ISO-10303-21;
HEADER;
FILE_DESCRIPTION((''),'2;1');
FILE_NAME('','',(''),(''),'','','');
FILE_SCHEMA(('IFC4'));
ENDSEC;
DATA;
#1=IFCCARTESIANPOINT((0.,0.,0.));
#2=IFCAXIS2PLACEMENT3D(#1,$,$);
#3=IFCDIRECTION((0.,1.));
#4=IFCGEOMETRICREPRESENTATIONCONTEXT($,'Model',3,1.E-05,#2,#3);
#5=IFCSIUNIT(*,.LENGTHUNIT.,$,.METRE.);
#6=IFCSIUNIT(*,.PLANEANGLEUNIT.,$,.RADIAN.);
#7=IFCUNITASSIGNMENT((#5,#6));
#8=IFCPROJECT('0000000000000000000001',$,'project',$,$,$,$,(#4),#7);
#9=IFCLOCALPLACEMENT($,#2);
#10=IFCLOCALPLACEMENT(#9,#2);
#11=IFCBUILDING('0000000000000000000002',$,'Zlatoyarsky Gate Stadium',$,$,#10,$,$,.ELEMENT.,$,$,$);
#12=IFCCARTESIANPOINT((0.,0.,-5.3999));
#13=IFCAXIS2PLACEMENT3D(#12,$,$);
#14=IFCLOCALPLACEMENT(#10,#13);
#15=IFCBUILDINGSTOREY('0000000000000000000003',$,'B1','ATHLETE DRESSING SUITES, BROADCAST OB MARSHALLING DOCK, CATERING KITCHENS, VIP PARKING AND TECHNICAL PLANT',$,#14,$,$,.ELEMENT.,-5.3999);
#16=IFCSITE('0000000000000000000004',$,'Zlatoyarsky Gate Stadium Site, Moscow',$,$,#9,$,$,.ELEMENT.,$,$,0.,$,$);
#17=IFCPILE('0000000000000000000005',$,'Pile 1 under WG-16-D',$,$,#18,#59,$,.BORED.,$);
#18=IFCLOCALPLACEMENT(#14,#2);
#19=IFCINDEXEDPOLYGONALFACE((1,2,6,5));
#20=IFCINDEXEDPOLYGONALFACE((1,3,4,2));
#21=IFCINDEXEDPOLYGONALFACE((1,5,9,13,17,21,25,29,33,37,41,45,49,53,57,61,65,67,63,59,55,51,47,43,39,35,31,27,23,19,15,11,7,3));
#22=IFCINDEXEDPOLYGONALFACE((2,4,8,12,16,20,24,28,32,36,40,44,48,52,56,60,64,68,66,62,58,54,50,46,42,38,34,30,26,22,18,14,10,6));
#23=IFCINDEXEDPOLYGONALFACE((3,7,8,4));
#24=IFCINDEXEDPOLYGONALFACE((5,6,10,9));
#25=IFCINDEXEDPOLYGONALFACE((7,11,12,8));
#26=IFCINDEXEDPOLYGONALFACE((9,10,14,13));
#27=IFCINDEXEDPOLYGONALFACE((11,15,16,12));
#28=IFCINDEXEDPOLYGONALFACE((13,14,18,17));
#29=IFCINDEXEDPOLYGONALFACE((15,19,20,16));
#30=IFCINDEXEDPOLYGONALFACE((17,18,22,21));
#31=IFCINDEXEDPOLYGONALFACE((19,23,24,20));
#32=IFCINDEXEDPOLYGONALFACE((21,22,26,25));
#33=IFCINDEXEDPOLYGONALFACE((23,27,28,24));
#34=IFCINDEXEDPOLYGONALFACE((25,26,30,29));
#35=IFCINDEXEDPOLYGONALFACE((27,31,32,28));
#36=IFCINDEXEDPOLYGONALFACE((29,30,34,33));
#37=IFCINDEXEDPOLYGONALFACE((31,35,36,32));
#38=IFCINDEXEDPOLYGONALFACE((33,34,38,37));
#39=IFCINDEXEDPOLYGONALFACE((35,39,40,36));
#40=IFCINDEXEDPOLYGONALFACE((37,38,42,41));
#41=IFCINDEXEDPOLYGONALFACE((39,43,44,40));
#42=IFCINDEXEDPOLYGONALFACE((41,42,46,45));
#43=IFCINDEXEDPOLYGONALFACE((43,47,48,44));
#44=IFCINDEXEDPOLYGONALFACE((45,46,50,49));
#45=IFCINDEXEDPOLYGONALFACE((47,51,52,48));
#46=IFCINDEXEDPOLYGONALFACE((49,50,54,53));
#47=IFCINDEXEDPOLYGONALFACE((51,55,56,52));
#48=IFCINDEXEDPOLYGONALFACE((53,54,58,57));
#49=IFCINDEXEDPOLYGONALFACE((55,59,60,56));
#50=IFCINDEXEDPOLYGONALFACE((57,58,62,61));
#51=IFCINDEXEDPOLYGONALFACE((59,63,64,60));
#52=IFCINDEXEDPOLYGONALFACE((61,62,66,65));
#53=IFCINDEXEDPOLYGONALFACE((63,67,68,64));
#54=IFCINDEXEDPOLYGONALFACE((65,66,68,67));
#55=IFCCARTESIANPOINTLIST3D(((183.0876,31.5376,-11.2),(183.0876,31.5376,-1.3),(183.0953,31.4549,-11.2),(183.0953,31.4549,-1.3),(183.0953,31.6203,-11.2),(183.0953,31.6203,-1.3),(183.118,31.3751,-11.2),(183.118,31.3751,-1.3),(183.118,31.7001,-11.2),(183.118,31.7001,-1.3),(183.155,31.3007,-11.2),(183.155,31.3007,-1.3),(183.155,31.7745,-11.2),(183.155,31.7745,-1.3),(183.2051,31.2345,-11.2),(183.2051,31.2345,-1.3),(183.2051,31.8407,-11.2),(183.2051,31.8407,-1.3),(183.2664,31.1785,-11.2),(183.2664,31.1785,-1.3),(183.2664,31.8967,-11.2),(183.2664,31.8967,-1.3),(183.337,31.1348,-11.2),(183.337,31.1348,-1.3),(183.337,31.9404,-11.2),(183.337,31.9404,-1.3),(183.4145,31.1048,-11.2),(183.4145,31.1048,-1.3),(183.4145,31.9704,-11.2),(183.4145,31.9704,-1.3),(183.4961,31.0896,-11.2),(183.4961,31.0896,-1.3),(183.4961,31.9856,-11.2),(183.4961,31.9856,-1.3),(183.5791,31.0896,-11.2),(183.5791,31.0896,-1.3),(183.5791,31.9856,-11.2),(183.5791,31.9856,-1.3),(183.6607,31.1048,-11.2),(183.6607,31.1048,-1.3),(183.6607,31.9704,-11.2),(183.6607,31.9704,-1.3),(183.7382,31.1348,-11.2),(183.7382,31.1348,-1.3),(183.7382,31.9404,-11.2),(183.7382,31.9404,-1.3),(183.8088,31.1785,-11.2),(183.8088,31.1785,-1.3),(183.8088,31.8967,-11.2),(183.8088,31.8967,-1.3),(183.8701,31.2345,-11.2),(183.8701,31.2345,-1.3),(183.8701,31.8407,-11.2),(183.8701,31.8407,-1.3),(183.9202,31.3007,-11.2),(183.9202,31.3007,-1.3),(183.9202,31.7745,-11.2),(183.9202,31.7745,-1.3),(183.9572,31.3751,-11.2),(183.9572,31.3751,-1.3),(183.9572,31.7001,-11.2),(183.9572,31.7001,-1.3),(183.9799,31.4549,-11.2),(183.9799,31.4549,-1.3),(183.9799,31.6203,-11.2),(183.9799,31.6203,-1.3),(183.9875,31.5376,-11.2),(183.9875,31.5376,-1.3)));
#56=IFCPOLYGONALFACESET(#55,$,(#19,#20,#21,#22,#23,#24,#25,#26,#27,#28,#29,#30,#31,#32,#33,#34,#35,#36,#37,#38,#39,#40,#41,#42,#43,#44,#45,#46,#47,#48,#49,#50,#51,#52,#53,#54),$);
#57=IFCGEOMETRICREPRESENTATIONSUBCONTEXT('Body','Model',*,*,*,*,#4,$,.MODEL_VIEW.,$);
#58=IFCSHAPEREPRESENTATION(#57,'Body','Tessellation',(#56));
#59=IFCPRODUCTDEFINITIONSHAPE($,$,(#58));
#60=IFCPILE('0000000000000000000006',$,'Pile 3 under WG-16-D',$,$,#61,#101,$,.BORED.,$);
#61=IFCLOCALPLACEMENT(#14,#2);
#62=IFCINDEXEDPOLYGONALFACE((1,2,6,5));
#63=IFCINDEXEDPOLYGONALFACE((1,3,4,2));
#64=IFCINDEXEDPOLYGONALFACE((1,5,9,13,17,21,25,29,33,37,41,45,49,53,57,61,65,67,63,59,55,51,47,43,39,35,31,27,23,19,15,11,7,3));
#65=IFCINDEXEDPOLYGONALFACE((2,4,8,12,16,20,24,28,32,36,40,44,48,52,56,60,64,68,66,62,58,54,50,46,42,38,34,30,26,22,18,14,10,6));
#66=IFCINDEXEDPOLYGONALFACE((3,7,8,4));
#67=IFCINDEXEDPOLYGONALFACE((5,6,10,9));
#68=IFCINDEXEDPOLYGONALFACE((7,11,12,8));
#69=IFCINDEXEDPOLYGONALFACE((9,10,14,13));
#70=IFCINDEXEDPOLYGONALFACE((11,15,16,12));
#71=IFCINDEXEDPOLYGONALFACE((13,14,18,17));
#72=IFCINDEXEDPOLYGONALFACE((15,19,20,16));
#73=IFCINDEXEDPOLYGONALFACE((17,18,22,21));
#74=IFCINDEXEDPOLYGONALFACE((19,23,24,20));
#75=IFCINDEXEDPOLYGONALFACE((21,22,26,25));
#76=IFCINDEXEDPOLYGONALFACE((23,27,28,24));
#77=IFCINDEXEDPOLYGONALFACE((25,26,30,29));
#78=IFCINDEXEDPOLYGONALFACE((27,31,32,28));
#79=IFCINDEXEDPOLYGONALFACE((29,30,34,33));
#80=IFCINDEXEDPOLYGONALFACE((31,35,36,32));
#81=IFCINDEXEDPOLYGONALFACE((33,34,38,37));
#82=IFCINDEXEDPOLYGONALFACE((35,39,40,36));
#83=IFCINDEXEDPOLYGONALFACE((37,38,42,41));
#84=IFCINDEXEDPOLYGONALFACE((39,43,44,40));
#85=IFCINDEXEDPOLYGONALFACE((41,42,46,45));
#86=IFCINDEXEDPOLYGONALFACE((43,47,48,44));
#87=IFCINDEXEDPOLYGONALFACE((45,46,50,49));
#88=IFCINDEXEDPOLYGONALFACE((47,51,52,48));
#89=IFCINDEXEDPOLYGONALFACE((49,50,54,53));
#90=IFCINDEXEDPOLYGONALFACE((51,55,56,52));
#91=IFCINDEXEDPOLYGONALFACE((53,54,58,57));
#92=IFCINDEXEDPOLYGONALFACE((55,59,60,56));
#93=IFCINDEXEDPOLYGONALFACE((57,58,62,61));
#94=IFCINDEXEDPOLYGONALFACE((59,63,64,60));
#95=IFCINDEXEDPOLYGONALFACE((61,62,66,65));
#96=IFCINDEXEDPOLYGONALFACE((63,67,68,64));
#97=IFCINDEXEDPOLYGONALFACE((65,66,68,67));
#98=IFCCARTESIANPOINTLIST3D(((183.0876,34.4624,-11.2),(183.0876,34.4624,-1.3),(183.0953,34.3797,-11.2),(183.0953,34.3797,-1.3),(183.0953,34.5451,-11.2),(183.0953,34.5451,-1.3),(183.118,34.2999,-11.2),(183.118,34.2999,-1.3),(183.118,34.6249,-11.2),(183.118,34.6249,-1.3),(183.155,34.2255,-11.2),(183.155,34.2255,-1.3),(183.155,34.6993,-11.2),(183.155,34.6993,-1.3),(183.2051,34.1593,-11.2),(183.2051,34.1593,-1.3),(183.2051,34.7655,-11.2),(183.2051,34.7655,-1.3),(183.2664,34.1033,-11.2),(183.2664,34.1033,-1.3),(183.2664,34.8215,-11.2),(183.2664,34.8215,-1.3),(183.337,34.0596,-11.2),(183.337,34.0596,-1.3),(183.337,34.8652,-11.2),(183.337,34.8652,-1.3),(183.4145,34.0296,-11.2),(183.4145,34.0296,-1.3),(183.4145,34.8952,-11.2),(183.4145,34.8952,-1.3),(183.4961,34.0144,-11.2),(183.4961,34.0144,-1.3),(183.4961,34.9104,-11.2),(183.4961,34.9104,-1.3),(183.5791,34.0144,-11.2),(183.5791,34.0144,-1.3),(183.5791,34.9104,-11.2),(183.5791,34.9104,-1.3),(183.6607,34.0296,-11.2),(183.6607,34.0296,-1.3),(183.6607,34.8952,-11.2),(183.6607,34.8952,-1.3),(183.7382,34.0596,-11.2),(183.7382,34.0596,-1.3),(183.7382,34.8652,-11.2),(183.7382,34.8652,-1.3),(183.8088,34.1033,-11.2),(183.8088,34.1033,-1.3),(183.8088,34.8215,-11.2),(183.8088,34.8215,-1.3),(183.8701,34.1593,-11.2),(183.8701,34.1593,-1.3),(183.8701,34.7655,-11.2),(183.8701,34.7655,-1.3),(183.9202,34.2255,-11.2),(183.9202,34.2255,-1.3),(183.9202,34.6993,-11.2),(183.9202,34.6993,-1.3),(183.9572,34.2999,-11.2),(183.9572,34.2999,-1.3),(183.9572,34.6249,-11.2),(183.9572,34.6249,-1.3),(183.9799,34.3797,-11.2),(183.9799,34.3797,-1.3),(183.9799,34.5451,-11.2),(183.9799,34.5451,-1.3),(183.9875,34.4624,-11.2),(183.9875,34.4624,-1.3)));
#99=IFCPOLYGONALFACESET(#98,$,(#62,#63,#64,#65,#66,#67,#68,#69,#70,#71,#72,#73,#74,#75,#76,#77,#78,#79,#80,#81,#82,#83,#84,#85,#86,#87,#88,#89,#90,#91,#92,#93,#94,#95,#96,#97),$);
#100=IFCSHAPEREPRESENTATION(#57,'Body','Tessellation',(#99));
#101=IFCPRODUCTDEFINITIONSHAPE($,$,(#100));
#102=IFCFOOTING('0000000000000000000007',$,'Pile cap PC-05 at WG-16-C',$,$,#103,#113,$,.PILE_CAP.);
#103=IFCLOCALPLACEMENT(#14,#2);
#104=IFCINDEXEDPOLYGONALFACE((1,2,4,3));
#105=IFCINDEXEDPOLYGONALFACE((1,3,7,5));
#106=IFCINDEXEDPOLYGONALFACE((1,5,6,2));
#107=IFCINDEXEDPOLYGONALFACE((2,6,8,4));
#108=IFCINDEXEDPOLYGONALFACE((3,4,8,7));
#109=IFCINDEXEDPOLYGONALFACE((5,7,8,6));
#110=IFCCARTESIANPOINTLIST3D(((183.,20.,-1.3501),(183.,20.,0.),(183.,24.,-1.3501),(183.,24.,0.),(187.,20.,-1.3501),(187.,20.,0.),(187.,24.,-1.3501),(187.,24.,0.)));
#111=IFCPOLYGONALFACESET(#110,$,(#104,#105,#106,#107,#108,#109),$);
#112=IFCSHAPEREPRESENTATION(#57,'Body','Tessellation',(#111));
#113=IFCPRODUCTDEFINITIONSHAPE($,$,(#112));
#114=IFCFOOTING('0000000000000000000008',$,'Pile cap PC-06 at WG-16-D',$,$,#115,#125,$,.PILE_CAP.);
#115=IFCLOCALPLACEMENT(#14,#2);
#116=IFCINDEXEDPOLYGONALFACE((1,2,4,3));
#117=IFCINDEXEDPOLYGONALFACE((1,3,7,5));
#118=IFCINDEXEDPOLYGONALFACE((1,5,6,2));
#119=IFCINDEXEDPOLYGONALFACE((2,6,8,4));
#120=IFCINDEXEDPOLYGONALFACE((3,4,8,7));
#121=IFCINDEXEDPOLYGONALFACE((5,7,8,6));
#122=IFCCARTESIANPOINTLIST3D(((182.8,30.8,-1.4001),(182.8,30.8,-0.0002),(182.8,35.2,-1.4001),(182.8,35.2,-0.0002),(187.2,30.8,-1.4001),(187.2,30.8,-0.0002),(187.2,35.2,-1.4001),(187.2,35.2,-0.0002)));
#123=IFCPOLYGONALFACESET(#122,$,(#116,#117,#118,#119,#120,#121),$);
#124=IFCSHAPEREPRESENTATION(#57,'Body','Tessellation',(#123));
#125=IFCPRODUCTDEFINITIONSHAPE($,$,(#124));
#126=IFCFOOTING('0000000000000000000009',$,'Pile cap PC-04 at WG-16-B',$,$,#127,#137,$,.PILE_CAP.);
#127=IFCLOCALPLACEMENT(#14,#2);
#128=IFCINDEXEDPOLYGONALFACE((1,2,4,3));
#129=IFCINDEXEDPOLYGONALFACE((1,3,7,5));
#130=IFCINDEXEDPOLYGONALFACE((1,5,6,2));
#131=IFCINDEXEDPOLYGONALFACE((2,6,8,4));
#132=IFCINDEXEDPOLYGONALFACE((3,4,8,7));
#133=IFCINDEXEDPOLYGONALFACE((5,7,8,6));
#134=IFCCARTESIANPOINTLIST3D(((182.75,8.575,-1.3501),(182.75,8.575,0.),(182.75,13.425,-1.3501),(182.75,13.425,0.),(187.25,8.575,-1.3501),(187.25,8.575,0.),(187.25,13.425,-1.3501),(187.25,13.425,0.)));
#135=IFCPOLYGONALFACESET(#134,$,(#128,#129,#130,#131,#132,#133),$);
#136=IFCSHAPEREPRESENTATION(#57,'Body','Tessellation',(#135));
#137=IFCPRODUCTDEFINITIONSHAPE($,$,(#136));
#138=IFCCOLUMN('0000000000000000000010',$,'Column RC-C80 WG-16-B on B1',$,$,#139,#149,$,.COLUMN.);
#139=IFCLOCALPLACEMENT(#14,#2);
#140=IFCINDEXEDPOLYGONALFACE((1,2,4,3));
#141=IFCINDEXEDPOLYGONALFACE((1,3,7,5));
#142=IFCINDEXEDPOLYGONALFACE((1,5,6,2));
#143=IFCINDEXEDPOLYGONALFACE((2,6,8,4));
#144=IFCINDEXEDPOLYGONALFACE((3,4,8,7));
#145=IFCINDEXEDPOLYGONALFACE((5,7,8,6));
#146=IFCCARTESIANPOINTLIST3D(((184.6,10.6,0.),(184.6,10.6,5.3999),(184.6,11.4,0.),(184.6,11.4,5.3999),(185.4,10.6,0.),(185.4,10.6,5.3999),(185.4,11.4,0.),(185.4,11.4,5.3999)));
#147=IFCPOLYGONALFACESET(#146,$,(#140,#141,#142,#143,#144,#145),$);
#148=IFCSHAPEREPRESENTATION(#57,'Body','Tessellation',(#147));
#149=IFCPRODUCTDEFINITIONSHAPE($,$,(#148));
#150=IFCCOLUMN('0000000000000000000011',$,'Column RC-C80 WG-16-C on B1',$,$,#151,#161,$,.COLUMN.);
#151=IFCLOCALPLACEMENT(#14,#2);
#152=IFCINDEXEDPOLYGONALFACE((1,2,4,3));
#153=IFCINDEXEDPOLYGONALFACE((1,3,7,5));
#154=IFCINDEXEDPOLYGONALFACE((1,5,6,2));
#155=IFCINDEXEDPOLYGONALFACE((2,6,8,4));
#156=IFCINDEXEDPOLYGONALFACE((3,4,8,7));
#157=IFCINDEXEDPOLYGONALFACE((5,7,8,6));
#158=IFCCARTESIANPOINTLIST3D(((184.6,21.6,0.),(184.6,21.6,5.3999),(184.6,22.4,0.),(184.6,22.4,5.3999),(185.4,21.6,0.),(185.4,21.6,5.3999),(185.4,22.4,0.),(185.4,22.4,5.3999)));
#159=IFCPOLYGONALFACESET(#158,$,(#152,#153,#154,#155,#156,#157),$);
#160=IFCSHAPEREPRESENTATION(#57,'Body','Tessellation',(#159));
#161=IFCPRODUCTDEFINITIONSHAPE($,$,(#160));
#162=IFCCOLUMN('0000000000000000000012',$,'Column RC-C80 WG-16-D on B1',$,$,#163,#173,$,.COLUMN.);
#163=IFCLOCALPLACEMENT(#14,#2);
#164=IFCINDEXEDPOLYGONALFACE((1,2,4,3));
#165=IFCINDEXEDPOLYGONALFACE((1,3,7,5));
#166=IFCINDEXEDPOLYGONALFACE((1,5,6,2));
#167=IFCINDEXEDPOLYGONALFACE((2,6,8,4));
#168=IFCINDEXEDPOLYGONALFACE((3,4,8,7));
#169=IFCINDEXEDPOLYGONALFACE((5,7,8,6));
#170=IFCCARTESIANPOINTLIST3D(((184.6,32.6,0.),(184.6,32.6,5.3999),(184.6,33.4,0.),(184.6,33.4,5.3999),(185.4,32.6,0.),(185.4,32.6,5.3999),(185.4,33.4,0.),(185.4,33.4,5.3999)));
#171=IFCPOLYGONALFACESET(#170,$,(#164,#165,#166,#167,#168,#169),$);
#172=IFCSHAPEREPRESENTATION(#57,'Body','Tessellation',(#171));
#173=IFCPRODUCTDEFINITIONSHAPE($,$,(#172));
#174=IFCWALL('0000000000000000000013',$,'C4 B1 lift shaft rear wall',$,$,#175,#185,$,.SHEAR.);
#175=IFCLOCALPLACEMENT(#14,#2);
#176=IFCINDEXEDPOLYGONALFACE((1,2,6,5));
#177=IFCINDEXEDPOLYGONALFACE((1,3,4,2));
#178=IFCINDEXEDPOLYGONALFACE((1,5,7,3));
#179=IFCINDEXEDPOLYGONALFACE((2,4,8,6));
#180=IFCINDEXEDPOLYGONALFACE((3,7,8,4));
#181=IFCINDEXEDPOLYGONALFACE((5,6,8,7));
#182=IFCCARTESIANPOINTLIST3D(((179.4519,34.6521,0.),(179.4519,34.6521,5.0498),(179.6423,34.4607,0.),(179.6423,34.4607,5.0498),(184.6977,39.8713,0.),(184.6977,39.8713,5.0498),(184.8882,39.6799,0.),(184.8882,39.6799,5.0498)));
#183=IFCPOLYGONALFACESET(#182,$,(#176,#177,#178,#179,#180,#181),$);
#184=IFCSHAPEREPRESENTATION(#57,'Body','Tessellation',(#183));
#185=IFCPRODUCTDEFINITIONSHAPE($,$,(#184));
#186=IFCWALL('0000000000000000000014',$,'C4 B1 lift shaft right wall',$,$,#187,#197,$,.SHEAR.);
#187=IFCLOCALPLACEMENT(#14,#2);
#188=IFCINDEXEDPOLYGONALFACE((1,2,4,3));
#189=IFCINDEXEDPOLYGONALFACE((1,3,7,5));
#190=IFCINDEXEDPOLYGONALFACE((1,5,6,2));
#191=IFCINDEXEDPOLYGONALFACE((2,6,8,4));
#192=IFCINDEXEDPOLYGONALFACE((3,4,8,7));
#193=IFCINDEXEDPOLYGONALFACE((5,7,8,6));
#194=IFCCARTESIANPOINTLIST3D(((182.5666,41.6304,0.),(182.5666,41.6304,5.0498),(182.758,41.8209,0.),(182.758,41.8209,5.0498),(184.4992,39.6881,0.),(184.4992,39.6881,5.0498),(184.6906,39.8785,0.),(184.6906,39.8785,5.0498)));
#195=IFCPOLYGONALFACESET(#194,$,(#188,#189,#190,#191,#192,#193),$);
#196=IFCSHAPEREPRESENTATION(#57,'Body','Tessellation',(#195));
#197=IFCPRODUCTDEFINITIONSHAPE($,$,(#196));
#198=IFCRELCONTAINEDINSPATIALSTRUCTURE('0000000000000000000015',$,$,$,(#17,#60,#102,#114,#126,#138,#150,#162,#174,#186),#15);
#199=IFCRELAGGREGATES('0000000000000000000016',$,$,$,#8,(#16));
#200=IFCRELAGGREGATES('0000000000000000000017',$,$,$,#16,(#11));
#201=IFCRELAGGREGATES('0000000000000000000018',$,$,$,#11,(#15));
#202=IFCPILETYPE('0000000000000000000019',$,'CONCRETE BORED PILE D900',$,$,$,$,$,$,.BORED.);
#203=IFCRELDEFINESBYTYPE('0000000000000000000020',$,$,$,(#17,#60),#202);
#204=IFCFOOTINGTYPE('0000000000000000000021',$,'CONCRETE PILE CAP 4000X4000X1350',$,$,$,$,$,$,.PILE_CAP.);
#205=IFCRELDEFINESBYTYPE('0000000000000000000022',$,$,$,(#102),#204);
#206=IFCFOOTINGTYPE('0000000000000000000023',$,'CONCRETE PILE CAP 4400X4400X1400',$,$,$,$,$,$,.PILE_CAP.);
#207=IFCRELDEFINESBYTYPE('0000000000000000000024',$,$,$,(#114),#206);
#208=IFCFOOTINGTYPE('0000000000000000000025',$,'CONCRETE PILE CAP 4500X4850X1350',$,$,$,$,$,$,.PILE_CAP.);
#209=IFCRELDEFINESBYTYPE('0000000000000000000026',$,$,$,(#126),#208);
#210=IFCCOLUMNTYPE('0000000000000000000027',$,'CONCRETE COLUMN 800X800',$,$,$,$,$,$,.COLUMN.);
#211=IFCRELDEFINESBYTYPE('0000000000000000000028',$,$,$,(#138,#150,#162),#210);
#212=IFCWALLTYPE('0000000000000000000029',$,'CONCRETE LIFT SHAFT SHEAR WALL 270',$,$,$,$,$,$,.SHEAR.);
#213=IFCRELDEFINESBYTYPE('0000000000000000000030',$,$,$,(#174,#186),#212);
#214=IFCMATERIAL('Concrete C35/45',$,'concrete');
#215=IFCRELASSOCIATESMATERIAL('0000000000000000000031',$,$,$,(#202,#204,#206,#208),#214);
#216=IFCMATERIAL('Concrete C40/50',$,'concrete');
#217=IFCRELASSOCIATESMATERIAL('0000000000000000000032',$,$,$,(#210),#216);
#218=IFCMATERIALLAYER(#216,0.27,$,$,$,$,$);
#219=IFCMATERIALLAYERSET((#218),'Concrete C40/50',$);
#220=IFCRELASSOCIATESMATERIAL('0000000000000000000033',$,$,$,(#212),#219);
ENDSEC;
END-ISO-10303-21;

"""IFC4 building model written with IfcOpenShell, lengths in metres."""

from ifc_helpers import new_model, si_unit, direction, frame, frame_2d, origin, origin_2d, place, context, subcontext, project, spatial, rectangle, circle, extrude, material, layer, layer_set, material_profile, profile_set, type_object, element, save


model = new_model("IFC4")

# Units and contexts
model_context = context("Model", 3, precision=1e-05, world=origin(), true_north=direction((0.0, 1.0)))
body_context = subcontext(model_context, "Body", "Model", "MODEL_VIEW")
ifc_project = project(units=[si_unit("LENGTHUNIT", "METRE"), si_unit("PLANEANGLEUNIT", "RADIAN")], contexts=[model_context])

# Site, building, storey
site_placement = place(None, origin())
site = spatial("IfcSite", under=ifc_project, at=site_placement, Name="Zlatoyarsky Gate Stadium Site, Moscow", CompositionType="ELEMENT", RefElevation=0.0)
building_placement = place(site_placement, origin())
building = spatial("IfcBuilding", under=site, at=building_placement, Name="Zlatoyarsky Gate Stadium", CompositionType="ELEMENT")
storey_placement = place(building_placement, frame((0.0, 0.0, -5.3999)))
storey = spatial("IfcBuildingStorey", under=building, at=storey_placement, Name="B1", Description="ATHLETE DRESSING SUITES, BROADCAST OB MARSHALLING DOCK, CATERING KITCHENS, VIP PARKING AND TECHNICAL PLANT", CompositionType="ELEMENT", Elevation=-5.3999)

# Piles
ifc_material_1 = material(Name="Concrete C35/45", Category="concrete")
ifc_material_profile_1 = material_profile(ifc_material_1, circle(Radius=0.45, at=origin_2d()), Name="BORED PILE D900")
ifc_profile_set_1 = profile_set([ifc_material_profile_1], Name="Concrete C35/45")
pile_type_1 = type_object("IfcPileType", Name="CONCRETE BORED PILE D900", PredefinedType="BORED", material=ifc_profile_set_1)
for number, where, z_axis, x_axis, name in (
    (1, (183.5376, 31.5376, -1.3), (0.0, 0.0, -1.0), (1.0, 0.0, 0.0), "Pile 1 under WG-16-D"),
    (2, (183.5376, 34.4624, -1.3), (0.0, 0.0, -1.0), (1.0, 0.0, 0.0), "Pile 3 under WG-16-D"),
):
    element("IfcPile", number, at=place(storey_placement, frame(where, z_axis=z_axis, x_axis=x_axis)), inside=storey, type_object=pile_type_1, Name=name, PredefinedType="BORED", context=body_context, shape_type="SweptSolid", body=[
        extrude(circle(Radius=0.45, at=origin_2d()), origin(), (0.0, 0.0, 1.0), 9.8999),
    ])

# Footings
footing_type_1 = type_object("IfcFootingType", Name="CONCRETE PILE CAP 4000X4000X1350", PredefinedType="PILE_CAP", material=ifc_material_1)
footing_1_placement = place(storey_placement, frame((185.0, 22.0, -1.3501), z_axis=(0.0, 0.0, 1.0), x_axis=(1.0, 0.0, 0.0)))
element("IfcFooting", 3, at=footing_1_placement, inside=storey, type_object=footing_type_1, Name="Pile cap PC-05 at WG-16-C", PredefinedType="PILE_CAP", context=body_context, shape_type="SweptSolid", body=[
    extrude(rectangle(XDim=4.0, YDim=4.0, at=origin_2d()), origin(), (0.0, 0.0, 1.0), 1.3501),
])
footing_type_2 = type_object("IfcFootingType", Name="CONCRETE PILE CAP 4400X4400X1400", PredefinedType="PILE_CAP", material=ifc_material_1)
footing_2_placement = place(storey_placement, frame((185.0, 33.0, -1.4001), z_axis=(0.0, 0.0, 1.0), x_axis=(1.0, 0.0, 0.0)))
element("IfcFooting", 4, at=footing_2_placement, inside=storey, type_object=footing_type_2, Name="Pile cap PC-06 at WG-16-D", PredefinedType="PILE_CAP", context=body_context, shape_type="SweptSolid", body=[
    extrude(rectangle(XDim=4.3999, YDim=4.3999, at=origin_2d()), origin(), (0.0, 0.0, 1.0), 1.3999),
])
footing_type_3 = type_object("IfcFootingType", Name="CONCRETE PILE CAP 4500X4850X1350", PredefinedType="PILE_CAP", material=ifc_material_1)
footing_3_placement = place(storey_placement, frame((185.0, 11.0, -1.3501), z_axis=(0.0, 0.0, 1.0), x_axis=(1.0, 0.0, 0.0)))
element("IfcFooting", 5, at=footing_3_placement, inside=storey, type_object=footing_type_3, Name="Pile cap PC-04 at WG-16-B", PredefinedType="PILE_CAP", context=body_context, shape_type="SweptSolid", body=[
    extrude(rectangle(XDim=4.5, YDim=4.8501, at=origin_2d()), origin(), (0.0, 0.0, 1.0), 1.3501),
])

# Columns
ifc_material_2 = material(Name="Concrete C40/50", Category="concrete")
ifc_material_profile_2 = material_profile(ifc_material_2, rectangle(XDim=0.8, YDim=0.8, at=origin_2d()), Name="RC COL 800X800")
ifc_profile_set_2 = profile_set([ifc_material_profile_2], Name="Concrete C40/50")
column_type = type_object("IfcColumnType", Name="CONCRETE COLUMN 800X800", PredefinedType="COLUMN", material=ifc_profile_set_2)
for number, where, z_axis, x_axis, name in (
    (6, (185.0, 11.0, 0.0), (0.0, 0.0, 1.0), (1.0, 0.0, 0.0), "Column RC-C80 WG-16-B on B1"),
    (7, (185.0, 22.0, 0.0), (0.0, 0.0, 1.0), (1.0, 0.0, 0.0), "Column RC-C80 WG-16-C on B1"),
    (8, (185.0, 33.0, 0.0), (0.0, 0.0, 1.0), (1.0, 0.0, 0.0), "Column RC-C80 WG-16-D on B1"),
):
    element("IfcColumn", number, at=place(storey_placement, frame(where, z_axis=z_axis, x_axis=x_axis)), inside=storey, type_object=column_type, Name=name, PredefinedType="COLUMN", context=body_context, shape_type="SweptSolid", body=[
        extrude(rectangle(XDim=0.8, YDim=0.8, at=origin_2d()), origin(), (0.0, 0.0, 1.0), 5.3999),
    ])

# Walls
ifc_layer_1 = layer(ifc_material_2, 0.27)
ifc_layer_set_1 = layer_set([ifc_layer_1], Name="Concrete C40/50")
wall_type_1 = type_object("IfcWallType", Name="CONCRETE LIFT SHAFT SHEAR WALL 270", PredefinedType="SHEAR", material=ifc_layer_set_1)
wall_1_placement = place(storey_placement, frame((179.5471, 34.5564, 0.0), z_axis=(0.0, 0.0, 1.0), x_axis=(0.708903, 0.705306, 0.0)))
element("IfcWall", 9, at=wall_1_placement, inside=storey, type_object=wall_type_1, Name="C4 B1 lift shaft rear wall", PredefinedType="SHEAR", context=body_context, shape_type="SweptSolid", body=[
    extrude(rectangle(XDim=7.3999, YDim=0.27, at=frame_2d((3.7, 0.0))), origin(), (0.0, 0.0, 1.0), 5.0498),
])
for number, where, z_axis, x_axis, name in (
    (10, (184.595, 39.7832, 0.0), (0.0, 0.0, 1.0), (-0.705323, 0.708887, 0.0), "C4 B1 lift shaft right wall"),
):
    element("IfcWall", number, at=place(storey_placement, frame(where, z_axis=z_axis, x_axis=x_axis)), inside=storey, type_object=wall_type_1, Name=name, PredefinedType="SHEAR", context=body_context, shape_type="SweptSolid", body=[
        extrude(rectangle(XDim=2.74, YDim=0.27, at=frame_2d((1.3701, 0.0))), origin(), (0.0, 0.0, 1.0), 5.0498),
    ])

save(model, "model.ifc")
